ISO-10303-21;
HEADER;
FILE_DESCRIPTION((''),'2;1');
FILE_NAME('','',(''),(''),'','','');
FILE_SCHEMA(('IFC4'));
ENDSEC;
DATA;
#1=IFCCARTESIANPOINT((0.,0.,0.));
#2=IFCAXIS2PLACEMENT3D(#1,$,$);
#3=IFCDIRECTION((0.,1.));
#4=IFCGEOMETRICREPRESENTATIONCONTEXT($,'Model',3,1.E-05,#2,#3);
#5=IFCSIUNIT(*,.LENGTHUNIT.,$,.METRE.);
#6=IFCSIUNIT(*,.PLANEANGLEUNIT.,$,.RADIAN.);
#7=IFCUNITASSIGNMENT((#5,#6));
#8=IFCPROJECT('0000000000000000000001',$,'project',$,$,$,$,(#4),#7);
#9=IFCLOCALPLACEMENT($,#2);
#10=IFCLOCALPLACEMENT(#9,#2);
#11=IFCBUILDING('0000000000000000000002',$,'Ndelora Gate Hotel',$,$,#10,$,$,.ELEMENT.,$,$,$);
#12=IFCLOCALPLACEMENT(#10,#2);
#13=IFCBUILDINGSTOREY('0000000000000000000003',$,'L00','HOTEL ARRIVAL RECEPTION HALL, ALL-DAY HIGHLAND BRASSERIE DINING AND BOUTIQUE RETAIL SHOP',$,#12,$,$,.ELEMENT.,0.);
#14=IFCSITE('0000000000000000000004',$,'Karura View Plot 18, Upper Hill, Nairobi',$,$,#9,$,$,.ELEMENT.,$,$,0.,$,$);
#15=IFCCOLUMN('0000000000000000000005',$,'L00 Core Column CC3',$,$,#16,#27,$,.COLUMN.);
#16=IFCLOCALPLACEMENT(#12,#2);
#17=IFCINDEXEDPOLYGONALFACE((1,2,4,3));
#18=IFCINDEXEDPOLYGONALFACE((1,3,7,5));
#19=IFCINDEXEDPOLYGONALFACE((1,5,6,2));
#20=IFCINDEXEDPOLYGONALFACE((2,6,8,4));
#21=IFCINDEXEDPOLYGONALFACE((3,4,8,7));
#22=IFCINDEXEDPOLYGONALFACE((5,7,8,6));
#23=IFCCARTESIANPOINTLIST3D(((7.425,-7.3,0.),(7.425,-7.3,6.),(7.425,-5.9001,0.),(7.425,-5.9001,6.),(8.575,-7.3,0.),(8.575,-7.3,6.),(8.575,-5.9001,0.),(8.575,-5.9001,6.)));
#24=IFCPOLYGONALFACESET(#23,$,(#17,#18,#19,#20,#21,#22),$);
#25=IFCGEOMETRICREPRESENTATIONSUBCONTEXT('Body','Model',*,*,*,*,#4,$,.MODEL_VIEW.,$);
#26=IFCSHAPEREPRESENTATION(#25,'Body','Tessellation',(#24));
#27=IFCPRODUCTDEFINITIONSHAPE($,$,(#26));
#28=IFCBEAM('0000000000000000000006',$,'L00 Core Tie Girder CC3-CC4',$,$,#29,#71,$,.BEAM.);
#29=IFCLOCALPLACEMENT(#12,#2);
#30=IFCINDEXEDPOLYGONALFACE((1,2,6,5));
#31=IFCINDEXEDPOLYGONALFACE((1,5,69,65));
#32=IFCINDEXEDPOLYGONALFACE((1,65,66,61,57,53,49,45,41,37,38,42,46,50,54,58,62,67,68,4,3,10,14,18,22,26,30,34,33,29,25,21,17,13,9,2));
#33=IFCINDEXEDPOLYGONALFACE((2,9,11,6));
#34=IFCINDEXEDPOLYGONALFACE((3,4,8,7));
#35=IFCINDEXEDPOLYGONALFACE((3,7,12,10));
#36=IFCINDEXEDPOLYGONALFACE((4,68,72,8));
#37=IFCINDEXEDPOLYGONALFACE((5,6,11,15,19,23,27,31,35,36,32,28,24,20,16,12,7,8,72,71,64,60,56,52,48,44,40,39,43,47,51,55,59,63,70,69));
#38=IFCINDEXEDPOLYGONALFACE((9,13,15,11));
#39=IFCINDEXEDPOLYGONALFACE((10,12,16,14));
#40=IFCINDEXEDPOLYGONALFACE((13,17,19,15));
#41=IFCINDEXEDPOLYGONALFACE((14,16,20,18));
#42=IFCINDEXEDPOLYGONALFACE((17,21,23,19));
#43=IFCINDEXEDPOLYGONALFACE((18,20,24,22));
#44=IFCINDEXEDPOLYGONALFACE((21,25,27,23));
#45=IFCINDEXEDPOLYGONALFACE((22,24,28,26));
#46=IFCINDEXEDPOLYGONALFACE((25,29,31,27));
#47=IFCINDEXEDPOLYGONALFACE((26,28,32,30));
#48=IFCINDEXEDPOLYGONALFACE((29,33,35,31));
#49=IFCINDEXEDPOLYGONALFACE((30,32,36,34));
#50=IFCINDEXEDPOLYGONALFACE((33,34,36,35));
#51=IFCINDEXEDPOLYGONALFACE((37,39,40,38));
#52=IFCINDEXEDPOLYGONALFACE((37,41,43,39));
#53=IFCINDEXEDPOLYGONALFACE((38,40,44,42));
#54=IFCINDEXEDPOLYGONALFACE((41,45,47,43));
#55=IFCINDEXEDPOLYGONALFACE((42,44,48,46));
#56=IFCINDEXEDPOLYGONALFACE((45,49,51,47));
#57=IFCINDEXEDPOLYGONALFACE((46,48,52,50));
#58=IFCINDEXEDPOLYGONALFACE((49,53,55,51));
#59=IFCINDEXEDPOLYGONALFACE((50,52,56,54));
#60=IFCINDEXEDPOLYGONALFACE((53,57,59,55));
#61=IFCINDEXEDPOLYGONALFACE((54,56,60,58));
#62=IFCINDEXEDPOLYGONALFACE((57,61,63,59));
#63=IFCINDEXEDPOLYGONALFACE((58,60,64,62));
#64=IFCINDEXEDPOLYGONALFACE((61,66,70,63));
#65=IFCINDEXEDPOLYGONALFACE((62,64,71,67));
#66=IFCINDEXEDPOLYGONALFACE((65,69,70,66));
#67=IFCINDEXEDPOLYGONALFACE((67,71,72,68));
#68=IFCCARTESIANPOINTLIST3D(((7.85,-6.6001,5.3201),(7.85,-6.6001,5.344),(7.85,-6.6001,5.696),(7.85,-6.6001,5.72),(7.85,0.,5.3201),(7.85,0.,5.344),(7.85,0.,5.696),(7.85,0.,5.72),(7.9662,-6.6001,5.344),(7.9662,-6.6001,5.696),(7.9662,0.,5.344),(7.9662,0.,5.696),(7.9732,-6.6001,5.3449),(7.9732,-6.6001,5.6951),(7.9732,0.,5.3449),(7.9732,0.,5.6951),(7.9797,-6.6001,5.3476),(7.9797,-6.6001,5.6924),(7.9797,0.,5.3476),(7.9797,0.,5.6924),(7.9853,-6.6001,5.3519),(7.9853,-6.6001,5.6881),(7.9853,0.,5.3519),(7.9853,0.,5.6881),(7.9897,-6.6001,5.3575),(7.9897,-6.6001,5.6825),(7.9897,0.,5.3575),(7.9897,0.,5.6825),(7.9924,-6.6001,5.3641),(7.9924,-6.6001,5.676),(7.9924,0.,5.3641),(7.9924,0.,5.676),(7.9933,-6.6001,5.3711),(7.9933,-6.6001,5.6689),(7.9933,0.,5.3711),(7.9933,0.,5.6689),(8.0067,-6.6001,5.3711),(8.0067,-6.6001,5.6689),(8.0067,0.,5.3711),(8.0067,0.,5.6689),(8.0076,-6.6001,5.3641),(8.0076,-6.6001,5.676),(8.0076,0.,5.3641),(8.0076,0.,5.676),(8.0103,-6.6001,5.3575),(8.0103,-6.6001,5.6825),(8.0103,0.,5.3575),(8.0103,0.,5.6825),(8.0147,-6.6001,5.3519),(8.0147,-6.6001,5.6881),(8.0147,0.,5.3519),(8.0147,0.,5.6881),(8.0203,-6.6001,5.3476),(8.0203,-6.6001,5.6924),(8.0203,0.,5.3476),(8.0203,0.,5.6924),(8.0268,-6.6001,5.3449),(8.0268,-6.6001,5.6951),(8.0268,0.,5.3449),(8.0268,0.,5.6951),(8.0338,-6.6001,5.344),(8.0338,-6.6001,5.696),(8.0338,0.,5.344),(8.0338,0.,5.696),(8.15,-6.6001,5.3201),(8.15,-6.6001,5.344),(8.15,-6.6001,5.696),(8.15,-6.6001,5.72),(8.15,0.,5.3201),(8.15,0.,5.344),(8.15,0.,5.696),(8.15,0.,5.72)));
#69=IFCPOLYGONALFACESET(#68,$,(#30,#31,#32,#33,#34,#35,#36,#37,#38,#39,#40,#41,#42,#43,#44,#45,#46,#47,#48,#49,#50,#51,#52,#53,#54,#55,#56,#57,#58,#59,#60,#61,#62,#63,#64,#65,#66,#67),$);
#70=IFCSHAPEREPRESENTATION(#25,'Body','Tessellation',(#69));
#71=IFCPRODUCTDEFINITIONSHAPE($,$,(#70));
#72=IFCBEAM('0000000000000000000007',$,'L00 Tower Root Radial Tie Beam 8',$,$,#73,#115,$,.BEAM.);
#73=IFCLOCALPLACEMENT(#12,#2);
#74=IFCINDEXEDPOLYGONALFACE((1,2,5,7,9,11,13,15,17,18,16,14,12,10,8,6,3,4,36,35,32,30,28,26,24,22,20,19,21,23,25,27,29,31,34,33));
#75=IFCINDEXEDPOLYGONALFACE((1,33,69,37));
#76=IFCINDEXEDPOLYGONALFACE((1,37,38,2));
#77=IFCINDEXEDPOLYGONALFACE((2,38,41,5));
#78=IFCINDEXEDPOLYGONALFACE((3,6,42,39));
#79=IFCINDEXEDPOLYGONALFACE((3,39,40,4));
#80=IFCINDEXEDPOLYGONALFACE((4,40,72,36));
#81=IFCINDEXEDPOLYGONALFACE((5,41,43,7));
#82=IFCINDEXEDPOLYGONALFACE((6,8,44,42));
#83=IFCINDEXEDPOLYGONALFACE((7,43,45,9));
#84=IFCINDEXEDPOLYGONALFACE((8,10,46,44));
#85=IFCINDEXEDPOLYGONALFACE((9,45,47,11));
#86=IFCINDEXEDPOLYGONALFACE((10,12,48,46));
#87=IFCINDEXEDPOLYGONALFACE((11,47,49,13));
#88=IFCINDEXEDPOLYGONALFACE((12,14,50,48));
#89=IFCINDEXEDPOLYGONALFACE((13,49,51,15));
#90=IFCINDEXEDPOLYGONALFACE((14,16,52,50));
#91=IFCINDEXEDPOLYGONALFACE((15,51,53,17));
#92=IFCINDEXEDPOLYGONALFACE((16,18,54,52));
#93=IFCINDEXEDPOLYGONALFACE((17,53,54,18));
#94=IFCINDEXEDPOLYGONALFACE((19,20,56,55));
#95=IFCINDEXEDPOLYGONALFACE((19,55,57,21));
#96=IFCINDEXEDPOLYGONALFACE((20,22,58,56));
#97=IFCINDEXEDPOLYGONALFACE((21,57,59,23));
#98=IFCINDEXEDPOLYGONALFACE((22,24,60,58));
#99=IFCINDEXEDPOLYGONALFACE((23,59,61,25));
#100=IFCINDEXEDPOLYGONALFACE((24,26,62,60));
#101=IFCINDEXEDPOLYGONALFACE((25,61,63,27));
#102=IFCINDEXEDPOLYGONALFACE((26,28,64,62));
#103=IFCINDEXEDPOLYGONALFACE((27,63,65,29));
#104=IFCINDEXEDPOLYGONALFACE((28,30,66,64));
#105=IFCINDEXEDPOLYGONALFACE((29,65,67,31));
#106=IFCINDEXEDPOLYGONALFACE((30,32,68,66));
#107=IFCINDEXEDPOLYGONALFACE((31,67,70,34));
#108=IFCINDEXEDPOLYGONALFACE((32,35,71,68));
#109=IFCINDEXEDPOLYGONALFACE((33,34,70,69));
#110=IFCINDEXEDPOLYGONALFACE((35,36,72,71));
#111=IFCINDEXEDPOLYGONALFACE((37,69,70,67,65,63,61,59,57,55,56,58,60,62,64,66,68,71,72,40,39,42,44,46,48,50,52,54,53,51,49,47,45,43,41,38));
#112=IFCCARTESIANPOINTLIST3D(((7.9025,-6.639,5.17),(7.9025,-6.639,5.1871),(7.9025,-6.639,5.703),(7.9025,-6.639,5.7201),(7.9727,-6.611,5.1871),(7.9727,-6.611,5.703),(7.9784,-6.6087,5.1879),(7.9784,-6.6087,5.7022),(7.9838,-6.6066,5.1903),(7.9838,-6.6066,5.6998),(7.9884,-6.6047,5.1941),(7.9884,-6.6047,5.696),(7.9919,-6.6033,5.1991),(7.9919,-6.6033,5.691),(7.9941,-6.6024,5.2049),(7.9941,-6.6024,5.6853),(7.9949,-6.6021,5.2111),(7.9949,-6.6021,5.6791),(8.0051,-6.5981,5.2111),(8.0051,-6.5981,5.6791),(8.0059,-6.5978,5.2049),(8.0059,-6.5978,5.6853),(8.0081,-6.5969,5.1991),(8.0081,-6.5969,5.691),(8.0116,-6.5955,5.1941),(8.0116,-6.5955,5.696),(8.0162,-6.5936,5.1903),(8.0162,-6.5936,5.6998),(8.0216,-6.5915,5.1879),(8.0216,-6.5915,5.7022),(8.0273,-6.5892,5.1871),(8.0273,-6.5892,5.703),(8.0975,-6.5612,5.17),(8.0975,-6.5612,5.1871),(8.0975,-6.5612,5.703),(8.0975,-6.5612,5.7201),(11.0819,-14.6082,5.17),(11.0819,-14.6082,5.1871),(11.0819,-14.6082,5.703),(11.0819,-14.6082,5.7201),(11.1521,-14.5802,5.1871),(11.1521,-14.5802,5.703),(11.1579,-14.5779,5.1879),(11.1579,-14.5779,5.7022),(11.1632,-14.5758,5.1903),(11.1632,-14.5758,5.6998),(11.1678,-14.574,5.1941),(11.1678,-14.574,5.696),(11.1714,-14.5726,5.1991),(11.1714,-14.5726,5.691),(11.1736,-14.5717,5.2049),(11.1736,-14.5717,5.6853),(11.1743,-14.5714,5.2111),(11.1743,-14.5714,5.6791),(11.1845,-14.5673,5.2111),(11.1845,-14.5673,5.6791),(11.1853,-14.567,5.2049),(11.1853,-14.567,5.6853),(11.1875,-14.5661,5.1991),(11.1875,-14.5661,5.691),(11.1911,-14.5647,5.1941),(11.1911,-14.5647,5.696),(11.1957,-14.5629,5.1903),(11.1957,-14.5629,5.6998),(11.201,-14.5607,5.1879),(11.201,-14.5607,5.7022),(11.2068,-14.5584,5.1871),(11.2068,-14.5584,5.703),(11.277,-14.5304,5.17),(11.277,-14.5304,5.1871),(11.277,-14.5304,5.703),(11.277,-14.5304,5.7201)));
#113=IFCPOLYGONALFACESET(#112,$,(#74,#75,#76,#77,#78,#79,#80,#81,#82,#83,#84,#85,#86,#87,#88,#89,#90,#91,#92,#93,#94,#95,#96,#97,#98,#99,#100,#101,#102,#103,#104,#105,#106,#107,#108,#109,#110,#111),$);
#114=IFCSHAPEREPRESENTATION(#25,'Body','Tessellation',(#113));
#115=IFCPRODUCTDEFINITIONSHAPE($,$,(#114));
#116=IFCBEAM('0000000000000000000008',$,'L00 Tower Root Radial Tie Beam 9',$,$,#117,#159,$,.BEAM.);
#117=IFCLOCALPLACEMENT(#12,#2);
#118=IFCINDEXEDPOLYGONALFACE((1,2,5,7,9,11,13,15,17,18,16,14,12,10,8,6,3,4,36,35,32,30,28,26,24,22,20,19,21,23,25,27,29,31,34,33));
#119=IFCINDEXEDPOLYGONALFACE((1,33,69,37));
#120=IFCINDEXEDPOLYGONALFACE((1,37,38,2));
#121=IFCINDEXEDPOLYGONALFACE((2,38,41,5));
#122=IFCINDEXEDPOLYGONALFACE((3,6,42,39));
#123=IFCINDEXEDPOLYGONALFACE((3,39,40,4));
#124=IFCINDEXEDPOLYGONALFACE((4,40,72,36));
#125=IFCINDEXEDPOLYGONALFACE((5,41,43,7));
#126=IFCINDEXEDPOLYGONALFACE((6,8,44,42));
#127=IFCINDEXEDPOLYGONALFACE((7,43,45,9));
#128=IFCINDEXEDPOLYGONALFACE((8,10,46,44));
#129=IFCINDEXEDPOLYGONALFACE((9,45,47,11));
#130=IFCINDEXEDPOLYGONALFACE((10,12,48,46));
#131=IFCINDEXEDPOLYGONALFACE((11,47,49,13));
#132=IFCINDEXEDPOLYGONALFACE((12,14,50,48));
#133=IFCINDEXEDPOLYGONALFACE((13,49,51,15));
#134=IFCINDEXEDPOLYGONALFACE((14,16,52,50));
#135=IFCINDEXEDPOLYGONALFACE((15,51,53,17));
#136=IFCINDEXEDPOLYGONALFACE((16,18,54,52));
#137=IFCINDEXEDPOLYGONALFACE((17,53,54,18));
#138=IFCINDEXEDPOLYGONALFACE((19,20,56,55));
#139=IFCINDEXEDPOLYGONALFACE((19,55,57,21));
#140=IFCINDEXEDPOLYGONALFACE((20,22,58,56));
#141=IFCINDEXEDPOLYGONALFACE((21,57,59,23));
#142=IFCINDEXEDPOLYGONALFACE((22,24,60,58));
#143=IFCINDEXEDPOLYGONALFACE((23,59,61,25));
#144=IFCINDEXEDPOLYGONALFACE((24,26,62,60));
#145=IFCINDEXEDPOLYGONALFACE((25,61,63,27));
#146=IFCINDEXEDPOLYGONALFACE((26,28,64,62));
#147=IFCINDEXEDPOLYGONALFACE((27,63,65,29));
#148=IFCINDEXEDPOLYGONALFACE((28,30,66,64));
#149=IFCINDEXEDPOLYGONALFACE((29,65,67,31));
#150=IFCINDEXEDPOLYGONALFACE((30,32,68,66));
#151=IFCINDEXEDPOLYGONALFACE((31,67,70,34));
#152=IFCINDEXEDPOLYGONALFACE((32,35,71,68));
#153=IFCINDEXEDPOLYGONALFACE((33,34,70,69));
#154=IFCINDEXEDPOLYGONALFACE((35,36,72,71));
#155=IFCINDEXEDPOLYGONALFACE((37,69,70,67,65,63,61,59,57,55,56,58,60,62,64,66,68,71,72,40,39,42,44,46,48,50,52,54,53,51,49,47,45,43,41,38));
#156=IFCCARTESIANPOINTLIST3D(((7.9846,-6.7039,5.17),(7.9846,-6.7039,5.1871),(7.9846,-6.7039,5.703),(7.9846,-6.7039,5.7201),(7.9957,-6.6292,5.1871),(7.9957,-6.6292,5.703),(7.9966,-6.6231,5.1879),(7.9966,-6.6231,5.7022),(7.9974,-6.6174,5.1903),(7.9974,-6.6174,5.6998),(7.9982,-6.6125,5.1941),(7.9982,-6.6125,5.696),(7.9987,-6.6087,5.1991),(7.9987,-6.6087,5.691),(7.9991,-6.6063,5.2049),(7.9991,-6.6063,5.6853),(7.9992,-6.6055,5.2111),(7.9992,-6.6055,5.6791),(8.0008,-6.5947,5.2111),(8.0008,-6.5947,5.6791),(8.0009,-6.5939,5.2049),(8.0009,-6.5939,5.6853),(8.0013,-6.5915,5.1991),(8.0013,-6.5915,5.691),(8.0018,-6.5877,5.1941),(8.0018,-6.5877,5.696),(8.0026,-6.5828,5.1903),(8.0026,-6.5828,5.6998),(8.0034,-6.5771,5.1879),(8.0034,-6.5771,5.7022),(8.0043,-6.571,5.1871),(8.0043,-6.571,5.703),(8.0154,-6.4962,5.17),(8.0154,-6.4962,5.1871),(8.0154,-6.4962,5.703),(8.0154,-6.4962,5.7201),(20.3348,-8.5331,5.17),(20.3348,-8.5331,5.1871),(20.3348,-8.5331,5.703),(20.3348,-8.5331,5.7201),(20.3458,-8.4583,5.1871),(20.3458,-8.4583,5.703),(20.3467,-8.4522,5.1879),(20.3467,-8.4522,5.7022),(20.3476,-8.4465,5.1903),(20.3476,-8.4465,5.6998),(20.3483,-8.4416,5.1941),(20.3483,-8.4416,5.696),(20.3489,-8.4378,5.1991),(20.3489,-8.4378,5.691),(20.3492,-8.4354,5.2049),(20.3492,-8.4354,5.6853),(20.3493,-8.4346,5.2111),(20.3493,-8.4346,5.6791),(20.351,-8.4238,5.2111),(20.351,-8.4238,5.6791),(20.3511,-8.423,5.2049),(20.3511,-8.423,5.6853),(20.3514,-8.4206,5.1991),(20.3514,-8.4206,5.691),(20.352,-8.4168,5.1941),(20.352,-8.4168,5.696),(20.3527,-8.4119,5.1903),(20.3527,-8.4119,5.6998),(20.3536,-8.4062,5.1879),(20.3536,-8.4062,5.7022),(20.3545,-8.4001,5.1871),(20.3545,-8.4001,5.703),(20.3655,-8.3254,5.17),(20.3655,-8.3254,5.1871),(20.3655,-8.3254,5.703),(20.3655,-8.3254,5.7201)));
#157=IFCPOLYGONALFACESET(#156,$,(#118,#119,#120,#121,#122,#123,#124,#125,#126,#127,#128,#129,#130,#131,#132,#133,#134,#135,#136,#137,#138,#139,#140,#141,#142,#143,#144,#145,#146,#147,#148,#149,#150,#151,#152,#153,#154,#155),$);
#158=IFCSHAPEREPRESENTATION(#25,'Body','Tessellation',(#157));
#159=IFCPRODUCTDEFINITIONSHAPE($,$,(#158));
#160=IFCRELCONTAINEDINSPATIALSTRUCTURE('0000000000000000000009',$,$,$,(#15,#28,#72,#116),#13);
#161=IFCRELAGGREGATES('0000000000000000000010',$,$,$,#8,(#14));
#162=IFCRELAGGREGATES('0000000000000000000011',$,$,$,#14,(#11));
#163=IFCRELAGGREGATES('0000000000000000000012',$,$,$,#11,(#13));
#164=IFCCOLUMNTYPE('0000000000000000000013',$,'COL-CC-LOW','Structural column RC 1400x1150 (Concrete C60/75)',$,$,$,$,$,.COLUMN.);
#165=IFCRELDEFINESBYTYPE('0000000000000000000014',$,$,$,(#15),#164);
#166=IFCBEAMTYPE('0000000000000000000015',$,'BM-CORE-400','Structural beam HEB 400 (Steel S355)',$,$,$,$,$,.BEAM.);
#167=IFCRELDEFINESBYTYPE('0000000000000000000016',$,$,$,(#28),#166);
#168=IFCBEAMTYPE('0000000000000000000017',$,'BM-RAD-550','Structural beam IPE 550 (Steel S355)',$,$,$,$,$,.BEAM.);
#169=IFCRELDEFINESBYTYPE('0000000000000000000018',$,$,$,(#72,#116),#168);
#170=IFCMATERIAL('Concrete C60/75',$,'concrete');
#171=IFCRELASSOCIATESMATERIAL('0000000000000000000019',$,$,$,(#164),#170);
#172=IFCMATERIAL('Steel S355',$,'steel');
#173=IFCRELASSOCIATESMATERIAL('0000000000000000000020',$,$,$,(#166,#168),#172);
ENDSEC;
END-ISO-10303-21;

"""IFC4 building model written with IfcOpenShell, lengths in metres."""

from ifc_helpers import new_model, si_unit, direction, frame, origin, origin_2d, place, context, subcontext, project, spatial, rectangle, i_section, extrude, material, material_profile, profile_set, type_object, element, save


model = new_model("IFC4")

# Units and contexts
model_context = context("Model", 3, precision=1e-05, world=origin(), true_north=direction((0.0, 1.0)))
body_context = subcontext(model_context, "Body", "Model", "MODEL_VIEW")
ifc_project = project(units=[si_unit("LENGTHUNIT", "METRE"), si_unit("PLANEANGLEUNIT", "RADIAN")], contexts=[model_context])

# Site, building, storey
site_placement = place(None, origin())
site = spatial("IfcSite", under=ifc_project, at=site_placement, Name="Karura View Plot 18, Upper Hill, Nairobi", CompositionType="ELEMENT", RefElevation=0.0)
building_placement = place(site_placement, origin())
building = spatial("IfcBuilding", under=site, at=building_placement, Name="Ndelora Gate Hotel", CompositionType="ELEMENT")
storey_placement = place(building_placement, origin())
storey = spatial("IfcBuildingStorey", under=building, at=storey_placement, Name="L00", Description="HOTEL ARRIVAL RECEPTION HALL, ALL-DAY HIGHLAND BRASSERIE DINING AND BOUTIQUE RETAIL SHOP", CompositionType="ELEMENT", Elevation=0.0)

# Column
ifc_material_1 = material(Name="Concrete C60/75", Category="concrete")
ifc_material_profile_1 = material_profile(ifc_material_1, rectangle(XDim=1.1499, YDim=1.3999, at=origin_2d()), Name="RC 1400x1150")
ifc_profile_set_1 = profile_set([ifc_material_profile_1], Name="Concrete C60/75")
column_type = type_object("IfcColumnType", Name="COL-CC-LOW", Description="Structural column RC 1400x1150 (Concrete C60/75)", PredefinedType="COLUMN", material=ifc_profile_set_1)
column_placement = place(storey_placement, frame((8.0, -6.6001, 0.0), z_axis=(0.0, 0.0, 1.0), x_axis=(1.0, 0.0, 0.0)))
element("IfcColumn", 1, at=column_placement, inside=storey, type_object=column_type, Name="L00 Core Column CC3", PredefinedType="COLUMN", context=body_context, shape_type="SweptSolid", body=[
    extrude(rectangle(XDim=1.1499, YDim=1.3999, at=origin_2d()), origin(), (0.0, 0.0, 1.0), 6.0),
])

# Beams
ifc_material_2 = material(Name="Steel S355", Category="steel")
ifc_material_profile_2 = material_profile(ifc_material_2, i_section(OverallWidth=0.3, OverallDepth=0.3999, WebThickness=0.0134, FlangeThickness=0.0239, FilletRadius=0.0271, at=origin_2d()), Name="HEB 400")
ifc_profile_set_2 = profile_set([ifc_material_profile_2], Name="Steel S355")
beam_type_1 = type_object("IfcBeamType", Name="BM-CORE-400", Description="Structural beam HEB 400 (Steel S355)", PredefinedType="BEAM", material=ifc_profile_set_2)
beam_1_placement = place(storey_placement, frame((8.0, -6.6001, 5.52), z_axis=(0.0, 1.0, 0.0), x_axis=(-1.0, 0.0, 0.0)))
element("IfcBeam", 2, at=beam_1_placement, inside=storey, type_object=beam_type_1, Name="L00 Core Tie Girder CC3-CC4", PredefinedType="BEAM", context=body_context, shape_type="SweptSolid", body=[
    extrude(i_section(OverallWidth=0.3, OverallDepth=0.3999, WebThickness=0.0134, FlangeThickness=0.0239, FilletRadius=0.0271, at=origin_2d()), origin(), (0.0, 0.0, 1.0), 6.6001),
])
ifc_material_profile_3 = material_profile(ifc_material_2, i_section(OverallWidth=0.21, OverallDepth=0.55, WebThickness=0.011, FlangeThickness=0.0171, FilletRadius=0.0239, at=origin_2d()), Name="IPE 550")
ifc_profile_set_3 = profile_set([ifc_material_profile_3], Name="Steel S355")
beam_type_2 = type_object("IfcBeamType", Name="BM-RAD-550", Description="Structural beam IPE 550 (Steel S355)", PredefinedType="BEAM", material=ifc_profile_set_3)
beam_2_placement = place(storey_placement, frame((8.0, -6.6001, 5.4451), z_axis=(0.370561, -0.928808, 0.0), x_axis=(0.928808, 0.370561, 0.0)))
element("IfcBeam", 3, at=beam_2_placement, inside=storey, type_object=beam_type_2, Name="L00 Tower Root Radial Tie Beam 8", PredefinedType="BEAM", context=body_context, shape_type="SweptSolid", body=[
    extrude(i_section(OverallWidth=0.21, OverallDepth=0.55, WebThickness=0.011, FlangeThickness=0.0171, FilletRadius=0.0239, at=origin_2d()), origin(), (0.0, 0.0, 1.0), 8.5801),
])
beam_3_placement = place(storey_placement, frame((8.0, -6.6001, 5.4451), z_axis=(0.98921, -0.146506, 0.0), x_axis=(0.146506, 0.98921, 0.0)))
element("IfcBeam", 4, at=beam_3_placement, inside=storey, type_object=beam_type_2, Name="L00 Tower Root Radial Tie Beam 9", PredefinedType="BEAM", context=body_context, shape_type="SweptSolid", body=[
    extrude(i_section(OverallWidth=0.21, OverallDepth=0.55, WebThickness=0.011, FlangeThickness=0.0171, FilletRadius=0.0239, at=origin_2d()), origin(), (0.0, 0.0, 1.0), 12.4849),
])

save(model, "model.ifc")
